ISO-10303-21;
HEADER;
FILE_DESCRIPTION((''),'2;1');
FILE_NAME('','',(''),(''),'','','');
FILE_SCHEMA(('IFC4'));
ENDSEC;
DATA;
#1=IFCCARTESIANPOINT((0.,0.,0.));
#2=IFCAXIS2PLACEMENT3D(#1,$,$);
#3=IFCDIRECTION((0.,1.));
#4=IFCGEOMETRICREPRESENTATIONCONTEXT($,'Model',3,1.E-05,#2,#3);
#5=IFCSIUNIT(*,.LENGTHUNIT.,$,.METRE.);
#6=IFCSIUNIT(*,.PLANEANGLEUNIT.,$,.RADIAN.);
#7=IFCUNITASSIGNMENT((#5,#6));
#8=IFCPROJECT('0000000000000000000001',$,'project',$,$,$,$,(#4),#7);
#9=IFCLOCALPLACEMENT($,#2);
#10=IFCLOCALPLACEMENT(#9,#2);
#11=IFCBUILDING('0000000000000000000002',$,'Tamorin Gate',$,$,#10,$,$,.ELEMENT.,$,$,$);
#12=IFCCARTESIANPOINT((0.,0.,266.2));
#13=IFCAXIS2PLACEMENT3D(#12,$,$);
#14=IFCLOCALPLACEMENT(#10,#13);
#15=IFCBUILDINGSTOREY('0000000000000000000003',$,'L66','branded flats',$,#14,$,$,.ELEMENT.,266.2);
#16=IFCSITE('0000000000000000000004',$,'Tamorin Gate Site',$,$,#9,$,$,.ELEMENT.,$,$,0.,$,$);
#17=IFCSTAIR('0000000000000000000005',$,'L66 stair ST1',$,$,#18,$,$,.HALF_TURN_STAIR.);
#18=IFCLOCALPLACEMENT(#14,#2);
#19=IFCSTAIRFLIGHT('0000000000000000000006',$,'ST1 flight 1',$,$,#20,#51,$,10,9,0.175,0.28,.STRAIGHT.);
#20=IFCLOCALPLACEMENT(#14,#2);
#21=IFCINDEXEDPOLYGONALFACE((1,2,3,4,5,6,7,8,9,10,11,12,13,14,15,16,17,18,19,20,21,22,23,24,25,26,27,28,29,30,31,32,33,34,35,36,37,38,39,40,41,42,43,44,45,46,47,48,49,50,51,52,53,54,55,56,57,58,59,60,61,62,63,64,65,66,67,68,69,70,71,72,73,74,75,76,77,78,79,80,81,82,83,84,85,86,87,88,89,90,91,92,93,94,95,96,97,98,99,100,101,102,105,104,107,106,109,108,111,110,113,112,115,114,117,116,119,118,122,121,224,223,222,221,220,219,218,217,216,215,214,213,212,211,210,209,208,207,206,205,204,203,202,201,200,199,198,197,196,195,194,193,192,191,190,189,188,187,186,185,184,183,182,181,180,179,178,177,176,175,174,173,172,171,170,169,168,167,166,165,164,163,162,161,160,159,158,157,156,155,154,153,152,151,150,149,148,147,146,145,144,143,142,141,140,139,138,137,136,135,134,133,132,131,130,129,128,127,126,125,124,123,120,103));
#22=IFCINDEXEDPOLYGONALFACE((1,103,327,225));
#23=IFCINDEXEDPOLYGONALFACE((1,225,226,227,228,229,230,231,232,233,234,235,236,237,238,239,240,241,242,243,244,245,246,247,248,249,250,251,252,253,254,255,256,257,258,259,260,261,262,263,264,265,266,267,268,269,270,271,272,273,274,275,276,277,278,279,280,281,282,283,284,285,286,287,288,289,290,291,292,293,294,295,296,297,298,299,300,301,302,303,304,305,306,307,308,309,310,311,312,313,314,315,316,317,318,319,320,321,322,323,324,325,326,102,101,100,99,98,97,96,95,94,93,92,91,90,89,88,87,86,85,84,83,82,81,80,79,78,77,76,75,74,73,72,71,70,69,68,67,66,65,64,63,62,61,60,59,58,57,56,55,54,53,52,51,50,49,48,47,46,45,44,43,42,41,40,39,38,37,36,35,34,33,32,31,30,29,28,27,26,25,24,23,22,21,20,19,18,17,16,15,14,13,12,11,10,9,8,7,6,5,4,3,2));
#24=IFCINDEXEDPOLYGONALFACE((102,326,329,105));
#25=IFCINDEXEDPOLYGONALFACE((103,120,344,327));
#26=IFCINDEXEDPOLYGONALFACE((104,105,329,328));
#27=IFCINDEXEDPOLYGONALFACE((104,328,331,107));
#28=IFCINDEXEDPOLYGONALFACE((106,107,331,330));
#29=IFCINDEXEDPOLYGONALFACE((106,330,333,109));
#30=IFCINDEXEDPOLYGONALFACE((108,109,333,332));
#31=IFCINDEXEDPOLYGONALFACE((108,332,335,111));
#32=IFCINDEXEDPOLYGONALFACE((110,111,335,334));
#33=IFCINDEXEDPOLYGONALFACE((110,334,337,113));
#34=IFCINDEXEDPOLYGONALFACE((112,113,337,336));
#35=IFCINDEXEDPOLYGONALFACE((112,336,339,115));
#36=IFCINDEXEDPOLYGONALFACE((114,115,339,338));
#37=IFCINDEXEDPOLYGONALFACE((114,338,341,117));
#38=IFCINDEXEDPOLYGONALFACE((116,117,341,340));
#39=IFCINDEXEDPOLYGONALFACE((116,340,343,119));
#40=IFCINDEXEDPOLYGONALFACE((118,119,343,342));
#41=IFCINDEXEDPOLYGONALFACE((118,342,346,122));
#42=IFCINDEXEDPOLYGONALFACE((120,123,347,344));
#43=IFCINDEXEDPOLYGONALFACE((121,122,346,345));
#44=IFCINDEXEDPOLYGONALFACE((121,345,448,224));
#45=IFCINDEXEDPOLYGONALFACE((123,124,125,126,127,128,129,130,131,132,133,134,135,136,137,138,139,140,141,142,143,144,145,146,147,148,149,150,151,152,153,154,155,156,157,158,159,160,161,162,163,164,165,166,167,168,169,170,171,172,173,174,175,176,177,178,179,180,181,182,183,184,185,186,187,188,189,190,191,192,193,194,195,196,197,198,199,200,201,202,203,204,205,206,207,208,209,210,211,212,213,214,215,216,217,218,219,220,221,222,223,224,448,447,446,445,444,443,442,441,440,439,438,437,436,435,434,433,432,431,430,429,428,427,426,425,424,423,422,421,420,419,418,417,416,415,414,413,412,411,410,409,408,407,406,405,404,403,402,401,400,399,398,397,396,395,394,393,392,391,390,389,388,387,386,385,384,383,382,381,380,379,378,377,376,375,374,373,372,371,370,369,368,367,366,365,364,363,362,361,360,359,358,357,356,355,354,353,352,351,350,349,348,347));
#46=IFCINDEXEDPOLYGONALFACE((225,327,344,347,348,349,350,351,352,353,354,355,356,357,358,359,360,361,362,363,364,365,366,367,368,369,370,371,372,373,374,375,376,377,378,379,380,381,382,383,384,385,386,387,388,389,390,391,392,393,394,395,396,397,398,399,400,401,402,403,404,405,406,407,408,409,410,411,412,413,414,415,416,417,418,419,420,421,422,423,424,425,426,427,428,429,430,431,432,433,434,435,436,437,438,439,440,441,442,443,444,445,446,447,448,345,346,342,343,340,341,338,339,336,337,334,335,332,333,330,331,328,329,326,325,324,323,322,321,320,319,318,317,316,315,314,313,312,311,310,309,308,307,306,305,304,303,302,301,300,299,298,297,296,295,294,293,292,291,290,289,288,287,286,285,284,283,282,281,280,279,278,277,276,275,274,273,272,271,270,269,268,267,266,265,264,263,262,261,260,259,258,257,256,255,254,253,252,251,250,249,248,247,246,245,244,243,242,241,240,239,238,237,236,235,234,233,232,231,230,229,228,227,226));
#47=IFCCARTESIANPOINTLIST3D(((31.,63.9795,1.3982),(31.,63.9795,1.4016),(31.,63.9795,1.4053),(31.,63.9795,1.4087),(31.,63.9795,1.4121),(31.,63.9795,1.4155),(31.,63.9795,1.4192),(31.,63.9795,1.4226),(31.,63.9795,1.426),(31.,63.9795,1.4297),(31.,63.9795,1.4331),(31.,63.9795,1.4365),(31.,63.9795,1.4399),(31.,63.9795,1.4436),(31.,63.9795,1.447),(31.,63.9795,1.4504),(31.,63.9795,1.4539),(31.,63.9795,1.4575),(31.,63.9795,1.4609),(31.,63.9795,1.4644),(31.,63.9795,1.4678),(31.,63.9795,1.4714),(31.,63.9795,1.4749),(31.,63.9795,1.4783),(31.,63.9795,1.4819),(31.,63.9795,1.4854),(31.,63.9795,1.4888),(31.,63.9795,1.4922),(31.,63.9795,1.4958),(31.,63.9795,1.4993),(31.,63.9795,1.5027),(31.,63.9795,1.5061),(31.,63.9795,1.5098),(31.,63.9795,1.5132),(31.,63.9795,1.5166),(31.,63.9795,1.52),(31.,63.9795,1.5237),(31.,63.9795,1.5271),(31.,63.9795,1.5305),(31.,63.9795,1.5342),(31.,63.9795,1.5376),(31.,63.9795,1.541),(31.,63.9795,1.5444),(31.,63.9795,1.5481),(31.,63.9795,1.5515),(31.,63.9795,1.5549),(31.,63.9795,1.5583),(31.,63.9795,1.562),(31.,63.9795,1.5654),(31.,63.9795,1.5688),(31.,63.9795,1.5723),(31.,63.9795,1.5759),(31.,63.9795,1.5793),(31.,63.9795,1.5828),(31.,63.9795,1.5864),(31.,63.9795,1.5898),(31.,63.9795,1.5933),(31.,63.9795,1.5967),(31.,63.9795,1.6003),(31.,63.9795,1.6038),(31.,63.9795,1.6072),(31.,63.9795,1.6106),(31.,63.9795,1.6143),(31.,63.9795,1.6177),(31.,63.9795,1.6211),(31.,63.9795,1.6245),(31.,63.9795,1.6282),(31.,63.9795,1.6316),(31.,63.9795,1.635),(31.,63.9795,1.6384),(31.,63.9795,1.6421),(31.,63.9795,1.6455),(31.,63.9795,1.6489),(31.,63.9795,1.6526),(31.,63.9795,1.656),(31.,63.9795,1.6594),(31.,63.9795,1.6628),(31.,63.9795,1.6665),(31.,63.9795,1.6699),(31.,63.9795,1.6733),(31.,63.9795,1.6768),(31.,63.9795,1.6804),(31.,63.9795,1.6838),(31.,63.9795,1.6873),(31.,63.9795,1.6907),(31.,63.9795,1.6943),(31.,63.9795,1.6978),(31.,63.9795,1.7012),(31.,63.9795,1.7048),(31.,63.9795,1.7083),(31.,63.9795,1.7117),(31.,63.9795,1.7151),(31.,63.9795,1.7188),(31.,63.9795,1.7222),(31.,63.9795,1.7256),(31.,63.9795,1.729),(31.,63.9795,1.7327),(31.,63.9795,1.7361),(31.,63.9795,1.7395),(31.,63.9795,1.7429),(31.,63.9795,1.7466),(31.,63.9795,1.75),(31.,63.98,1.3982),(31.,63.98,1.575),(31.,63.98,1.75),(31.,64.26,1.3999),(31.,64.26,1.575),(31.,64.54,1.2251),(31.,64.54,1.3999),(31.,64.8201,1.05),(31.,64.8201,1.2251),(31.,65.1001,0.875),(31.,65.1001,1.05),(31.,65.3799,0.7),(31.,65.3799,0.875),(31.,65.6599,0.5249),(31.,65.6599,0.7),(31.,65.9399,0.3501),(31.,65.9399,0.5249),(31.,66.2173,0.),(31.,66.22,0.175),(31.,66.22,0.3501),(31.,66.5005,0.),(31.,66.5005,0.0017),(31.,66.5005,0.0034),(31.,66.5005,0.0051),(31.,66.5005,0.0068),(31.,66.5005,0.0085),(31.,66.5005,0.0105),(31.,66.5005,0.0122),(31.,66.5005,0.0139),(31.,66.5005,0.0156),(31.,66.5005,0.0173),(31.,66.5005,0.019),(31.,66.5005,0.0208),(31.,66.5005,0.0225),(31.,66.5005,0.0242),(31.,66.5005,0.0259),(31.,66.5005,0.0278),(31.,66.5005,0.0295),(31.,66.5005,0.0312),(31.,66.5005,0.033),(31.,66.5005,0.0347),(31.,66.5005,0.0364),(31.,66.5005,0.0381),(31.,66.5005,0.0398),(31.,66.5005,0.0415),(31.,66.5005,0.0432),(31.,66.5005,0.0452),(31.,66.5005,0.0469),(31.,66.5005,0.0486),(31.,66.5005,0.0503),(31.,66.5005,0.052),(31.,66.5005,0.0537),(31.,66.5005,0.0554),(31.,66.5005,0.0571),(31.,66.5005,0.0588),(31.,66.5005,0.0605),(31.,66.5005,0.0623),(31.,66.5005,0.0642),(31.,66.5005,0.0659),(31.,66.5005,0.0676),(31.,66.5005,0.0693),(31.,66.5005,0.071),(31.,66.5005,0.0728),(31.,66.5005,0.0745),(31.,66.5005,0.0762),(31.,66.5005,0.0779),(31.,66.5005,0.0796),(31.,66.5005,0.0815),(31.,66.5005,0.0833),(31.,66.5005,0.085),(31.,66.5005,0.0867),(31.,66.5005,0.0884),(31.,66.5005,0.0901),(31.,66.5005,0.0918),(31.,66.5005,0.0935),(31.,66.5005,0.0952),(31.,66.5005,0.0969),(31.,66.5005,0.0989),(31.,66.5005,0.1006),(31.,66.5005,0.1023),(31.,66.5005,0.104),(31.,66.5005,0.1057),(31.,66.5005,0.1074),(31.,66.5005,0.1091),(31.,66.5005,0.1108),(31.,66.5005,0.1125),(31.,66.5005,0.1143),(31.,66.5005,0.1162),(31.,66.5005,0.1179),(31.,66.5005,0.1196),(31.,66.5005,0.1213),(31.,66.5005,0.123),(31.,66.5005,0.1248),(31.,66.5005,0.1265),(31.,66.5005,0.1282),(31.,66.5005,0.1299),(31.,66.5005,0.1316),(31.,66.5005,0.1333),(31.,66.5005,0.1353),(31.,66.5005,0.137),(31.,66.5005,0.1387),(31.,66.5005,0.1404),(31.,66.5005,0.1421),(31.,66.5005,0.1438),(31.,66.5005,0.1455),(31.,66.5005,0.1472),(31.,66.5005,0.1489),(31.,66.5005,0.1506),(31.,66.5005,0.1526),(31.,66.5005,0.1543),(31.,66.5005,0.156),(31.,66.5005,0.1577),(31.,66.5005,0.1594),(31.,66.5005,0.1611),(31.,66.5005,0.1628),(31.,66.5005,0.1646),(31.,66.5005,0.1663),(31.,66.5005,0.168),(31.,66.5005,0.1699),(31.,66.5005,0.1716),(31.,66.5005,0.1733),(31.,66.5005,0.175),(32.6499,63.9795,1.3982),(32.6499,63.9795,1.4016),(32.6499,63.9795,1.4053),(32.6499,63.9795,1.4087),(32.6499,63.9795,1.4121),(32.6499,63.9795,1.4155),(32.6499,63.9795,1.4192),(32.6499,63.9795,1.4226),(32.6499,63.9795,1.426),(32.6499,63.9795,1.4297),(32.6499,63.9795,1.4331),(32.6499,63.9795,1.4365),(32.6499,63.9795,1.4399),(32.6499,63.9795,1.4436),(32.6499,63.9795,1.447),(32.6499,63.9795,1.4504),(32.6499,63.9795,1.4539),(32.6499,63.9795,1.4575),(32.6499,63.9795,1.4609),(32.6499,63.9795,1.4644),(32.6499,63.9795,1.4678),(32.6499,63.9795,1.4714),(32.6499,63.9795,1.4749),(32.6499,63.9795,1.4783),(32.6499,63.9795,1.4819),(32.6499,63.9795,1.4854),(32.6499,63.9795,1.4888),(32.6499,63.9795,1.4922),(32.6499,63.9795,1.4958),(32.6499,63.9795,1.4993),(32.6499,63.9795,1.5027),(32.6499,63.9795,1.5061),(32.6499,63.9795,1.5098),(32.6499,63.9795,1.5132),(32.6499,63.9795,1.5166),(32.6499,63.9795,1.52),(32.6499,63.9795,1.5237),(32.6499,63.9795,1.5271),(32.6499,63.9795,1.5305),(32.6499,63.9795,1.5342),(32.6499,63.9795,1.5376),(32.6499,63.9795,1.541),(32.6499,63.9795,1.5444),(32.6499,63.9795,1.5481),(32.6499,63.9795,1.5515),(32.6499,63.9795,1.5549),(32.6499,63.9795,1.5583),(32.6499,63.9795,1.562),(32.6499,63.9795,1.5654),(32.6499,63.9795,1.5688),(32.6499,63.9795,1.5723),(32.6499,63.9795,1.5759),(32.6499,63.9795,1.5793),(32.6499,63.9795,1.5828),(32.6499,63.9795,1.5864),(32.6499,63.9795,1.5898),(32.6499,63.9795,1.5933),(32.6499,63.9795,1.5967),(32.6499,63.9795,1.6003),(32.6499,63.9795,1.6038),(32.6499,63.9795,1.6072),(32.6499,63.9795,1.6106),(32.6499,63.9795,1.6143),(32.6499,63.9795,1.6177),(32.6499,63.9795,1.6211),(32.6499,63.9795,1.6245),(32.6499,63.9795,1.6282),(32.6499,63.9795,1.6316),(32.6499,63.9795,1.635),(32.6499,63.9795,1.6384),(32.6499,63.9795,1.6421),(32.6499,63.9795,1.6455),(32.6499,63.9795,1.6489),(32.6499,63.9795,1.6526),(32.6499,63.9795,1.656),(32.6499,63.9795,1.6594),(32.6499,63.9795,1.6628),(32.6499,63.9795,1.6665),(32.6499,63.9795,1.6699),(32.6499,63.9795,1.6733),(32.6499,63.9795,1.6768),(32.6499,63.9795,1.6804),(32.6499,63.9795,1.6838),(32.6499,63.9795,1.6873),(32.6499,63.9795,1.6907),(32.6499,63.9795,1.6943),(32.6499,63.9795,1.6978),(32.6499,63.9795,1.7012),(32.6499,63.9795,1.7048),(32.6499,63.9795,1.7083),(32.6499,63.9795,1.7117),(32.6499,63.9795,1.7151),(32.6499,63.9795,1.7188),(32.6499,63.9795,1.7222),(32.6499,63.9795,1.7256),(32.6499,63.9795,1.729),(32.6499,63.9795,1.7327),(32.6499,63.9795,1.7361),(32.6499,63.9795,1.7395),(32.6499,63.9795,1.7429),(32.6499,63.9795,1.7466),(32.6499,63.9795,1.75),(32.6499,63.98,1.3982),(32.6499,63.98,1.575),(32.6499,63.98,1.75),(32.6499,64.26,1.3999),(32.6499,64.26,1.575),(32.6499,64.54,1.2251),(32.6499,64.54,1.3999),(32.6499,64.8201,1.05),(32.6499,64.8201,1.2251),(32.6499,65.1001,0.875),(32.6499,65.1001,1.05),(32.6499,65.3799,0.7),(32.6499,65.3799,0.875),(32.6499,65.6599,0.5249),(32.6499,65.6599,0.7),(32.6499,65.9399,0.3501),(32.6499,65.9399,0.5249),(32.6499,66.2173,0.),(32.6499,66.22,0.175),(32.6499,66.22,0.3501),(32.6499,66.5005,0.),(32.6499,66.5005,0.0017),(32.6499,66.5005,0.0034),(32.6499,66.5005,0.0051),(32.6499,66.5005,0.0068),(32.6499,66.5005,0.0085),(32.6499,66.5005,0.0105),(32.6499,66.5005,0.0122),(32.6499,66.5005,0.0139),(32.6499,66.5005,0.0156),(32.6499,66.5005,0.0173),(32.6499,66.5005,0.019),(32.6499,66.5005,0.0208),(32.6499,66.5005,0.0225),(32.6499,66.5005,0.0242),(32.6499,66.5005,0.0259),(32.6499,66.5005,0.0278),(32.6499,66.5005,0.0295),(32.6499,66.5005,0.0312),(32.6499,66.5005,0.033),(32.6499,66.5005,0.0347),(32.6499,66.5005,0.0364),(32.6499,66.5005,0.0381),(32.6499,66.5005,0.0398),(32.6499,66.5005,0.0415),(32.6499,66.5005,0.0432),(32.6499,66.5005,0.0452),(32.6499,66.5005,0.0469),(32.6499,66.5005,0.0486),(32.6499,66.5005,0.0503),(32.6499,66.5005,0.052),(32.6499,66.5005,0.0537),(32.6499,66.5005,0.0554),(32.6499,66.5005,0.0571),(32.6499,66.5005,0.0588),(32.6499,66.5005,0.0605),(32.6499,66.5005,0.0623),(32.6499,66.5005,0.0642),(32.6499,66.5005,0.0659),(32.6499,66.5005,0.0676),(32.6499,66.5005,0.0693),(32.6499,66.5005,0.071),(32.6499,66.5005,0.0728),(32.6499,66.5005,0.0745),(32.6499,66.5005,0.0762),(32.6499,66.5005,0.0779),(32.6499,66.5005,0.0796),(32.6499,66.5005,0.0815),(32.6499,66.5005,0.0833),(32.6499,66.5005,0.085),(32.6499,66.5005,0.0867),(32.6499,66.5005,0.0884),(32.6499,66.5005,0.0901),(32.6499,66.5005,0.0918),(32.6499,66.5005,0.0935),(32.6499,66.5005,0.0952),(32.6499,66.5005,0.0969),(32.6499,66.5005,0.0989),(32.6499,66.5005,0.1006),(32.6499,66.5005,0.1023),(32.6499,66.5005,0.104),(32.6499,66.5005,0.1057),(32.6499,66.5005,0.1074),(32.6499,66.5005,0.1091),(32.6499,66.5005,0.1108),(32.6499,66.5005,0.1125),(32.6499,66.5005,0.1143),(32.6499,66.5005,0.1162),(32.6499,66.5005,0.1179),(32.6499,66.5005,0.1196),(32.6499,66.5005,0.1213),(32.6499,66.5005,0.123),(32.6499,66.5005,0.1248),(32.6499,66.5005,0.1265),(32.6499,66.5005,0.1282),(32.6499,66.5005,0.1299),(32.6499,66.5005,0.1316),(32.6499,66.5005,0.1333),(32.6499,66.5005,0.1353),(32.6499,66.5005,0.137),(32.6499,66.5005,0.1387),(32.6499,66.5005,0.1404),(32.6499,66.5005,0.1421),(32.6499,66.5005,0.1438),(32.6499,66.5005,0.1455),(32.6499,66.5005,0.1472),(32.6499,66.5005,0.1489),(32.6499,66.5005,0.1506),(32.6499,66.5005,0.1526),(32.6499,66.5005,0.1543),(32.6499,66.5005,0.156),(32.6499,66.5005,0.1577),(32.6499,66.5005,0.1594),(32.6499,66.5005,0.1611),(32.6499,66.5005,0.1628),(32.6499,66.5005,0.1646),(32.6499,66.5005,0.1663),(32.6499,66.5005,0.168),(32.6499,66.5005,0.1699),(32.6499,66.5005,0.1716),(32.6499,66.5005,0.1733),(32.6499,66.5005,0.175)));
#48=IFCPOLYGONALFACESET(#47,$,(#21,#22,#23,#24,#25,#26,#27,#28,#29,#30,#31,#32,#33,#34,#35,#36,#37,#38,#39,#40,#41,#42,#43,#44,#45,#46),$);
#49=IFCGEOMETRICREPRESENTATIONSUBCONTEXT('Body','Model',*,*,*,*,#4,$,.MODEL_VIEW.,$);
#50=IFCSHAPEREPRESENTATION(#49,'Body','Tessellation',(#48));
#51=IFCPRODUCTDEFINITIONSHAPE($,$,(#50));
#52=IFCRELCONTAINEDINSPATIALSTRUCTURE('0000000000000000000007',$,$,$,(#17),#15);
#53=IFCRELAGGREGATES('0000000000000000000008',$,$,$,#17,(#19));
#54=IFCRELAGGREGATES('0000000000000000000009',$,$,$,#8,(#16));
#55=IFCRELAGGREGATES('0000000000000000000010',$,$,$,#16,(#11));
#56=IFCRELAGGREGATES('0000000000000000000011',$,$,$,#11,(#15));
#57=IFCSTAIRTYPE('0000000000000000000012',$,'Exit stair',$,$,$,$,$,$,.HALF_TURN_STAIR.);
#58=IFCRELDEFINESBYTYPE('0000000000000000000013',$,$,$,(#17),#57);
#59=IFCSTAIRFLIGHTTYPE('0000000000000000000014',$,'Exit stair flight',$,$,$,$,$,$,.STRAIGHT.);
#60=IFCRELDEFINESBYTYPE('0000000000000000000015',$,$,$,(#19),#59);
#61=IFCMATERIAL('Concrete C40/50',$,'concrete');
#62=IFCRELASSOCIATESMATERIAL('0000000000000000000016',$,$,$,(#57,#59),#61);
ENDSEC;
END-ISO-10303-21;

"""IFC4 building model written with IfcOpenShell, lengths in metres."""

from ifc_helpers import new_model, si_unit, direction, frame, origin, place, context, subcontext, project, spatial, polyline, outline, extrude, material, type_object, element, aggregate, save


model = new_model("IFC4")

# Units and contexts
model_context = context("Model", 3, precision=1e-05, world=origin(), true_north=direction((0.0, 1.0)))
body_context = subcontext(model_context, "Body", "Model", "MODEL_VIEW")
ifc_project = project(units=[si_unit("LENGTHUNIT", "METRE"), si_unit("PLANEANGLEUNIT", "RADIAN")], contexts=[model_context])

# Site, building, storey
site_placement = place(None, origin())
site = spatial("IfcSite", under=ifc_project, at=site_placement, Name="Tamorin Gate Site", CompositionType="ELEMENT", RefElevation=0.0)
building_placement = place(site_placement, origin())
building = spatial("IfcBuilding", under=site, at=building_placement, Name="Tamorin Gate", CompositionType="ELEMENT")
storey_placement = place(building_placement, frame((0.0, 0.0, 266.2)))
storey = spatial("IfcBuildingStorey", under=building, at=storey_placement, Name="L66", Description="branded flats", CompositionType="ELEMENT", Elevation=266.2)

# Shared definitions
ifc_material_1 = material(Name="Concrete C40/50", Category="concrete")

# Stair, stair flight
stair_type = type_object("IfcStairType", Name="Exit stair", PredefinedType="HALF_TURN_STAIR", material=ifc_material_1)
stair_1_placement = place(storey_placement, origin())
stair_1 = element("IfcStair", 1, at=stair_1_placement, inside=storey, type_object=stair_type, Name="L66 stair ST1", PredefinedType="HALF_TURN_STAIR")
stair_flight_type = type_object("IfcStairFlightType", Name="Exit stair flight", PredefinedType="STRAIGHT", material=ifc_material_1)
stair_flight_1_placement = place(storey_placement, frame((31.825, 66.5, 0.0), z_axis=(0.0, 0.0, 1.0), x_axis=(0.0, -1.0, 0.0)))
stair_flight_1 = element("IfcStairFlight", 2, at=stair_flight_1_placement, type_object=stair_flight_type, Name="ST1 flight 1", NumberOfRisers=10, NumberOfTreads=9, PredefinedType="STRAIGHT", RiserHeight=0.175, TreadLength=0.28, context=body_context, shape_type="SweptSolid", body=[
    extrude(outline(polyline([(-0.0005, 0.0), (-0.0005, 0.0017), (-0.0005, 0.0034), (-0.0005, 0.0051), (-0.0005, 0.0068), (-0.0005, 0.0085), (-0.0005, 0.0105), (-0.0005, 0.0122), (-0.0005, 0.0139), (-0.0005, 0.0156), (-0.0005, 0.0173), (-0.0005, 0.019), (-0.0005, 0.0208), (-0.0005, 0.0225), (-0.0005, 0.0242), (-0.0005, 0.0259), (-0.0005, 0.0278), (-0.0005, 0.0295), (-0.0005, 0.0312), (-0.0005, 0.033), (-0.0005, 0.0347), (-0.0005, 0.0364), (-0.0005, 0.0381), (-0.0005, 0.0398), (-0.0005, 0.0415), (-0.0005, 0.0432), (-0.0005, 0.0452), (-0.0005, 0.0469), (-0.0005, 0.0486), (-0.0005, 0.0503), (-0.0005, 0.052), (-0.0005, 0.0537), (-0.0005, 0.0554), (-0.0005, 0.0571), (-0.0005, 0.0588), (-0.0005, 0.0605), (-0.0005, 0.0623), (-0.0005, 0.0642), (-0.0005, 0.0659), (-0.0005, 0.0676), (-0.0005, 0.0693), (-0.0005, 0.071), (-0.0005, 0.0728), (-0.0005, 0.0745), (-0.0005, 0.0762), (-0.0005, 0.0779), (-0.0005, 0.0796), (-0.0005, 0.0815), (-0.0005, 0.0833), (-0.0005, 0.085), (-0.0005, 0.0867), (-0.0005, 0.0884), (-0.0005, 0.0901), (-0.0005, 0.0918), (-0.0005, 0.0935), (-0.0005, 0.0952), (-0.0005, 0.0969), (-0.0005, 0.0989), (-0.0005, 0.1006), (-0.0005, 0.1023), (-0.0005, 0.104), (-0.0005, 0.1057), (-0.0005, 0.1074), (-0.0005, 0.1091), (-0.0005, 0.1108), (-0.0005, 0.1125), (-0.0005, 0.1143), (-0.0005, 0.1162), (-0.0005, 0.1179), (-0.0005, 0.1196), (-0.0005, 0.1213), (-0.0005, 0.123), (-0.0005, 0.1248), (-0.0005, 0.1265), (-0.0005, 0.1282), (-0.0005, 0.1299), (-0.0005, 0.1316), (-0.0005, 0.1333), (-0.0005, 0.1353), (-0.0005, 0.137), (-0.0005, 0.1387), (-0.0005, 0.1404), (-0.0005, 0.1421), (-0.0005, 0.1438), (-0.0005, 0.1455), (-0.0005, 0.1472), (-0.0005, 0.1489), (-0.0005, 0.1506), (-0.0005, 0.1526), (-0.0005, 0.1543), (-0.0005, 0.156), (-0.0005, 0.1577), (-0.0005, 0.1594), (-0.0005, 0.1611), (-0.0005, 0.1628), (-0.0005, 0.1646), (-0.0005, 0.1663), (-0.0005, 0.168), (-0.0005, 0.1699), (-0.0005, 0.1716), (-0.0005, 0.1733), (-0.0005, 0.175), (0.28, 0.175), (0.28, 0.3501), (0.5601, 0.3501), (0.5601, 0.5249), (0.8401, 0.5249), (0.8401, 0.7), (1.1201, 0.7), (1.1201, 0.875), (1.3999, 0.875), (1.3999, 1.05), (1.6799, 1.05), (1.6799, 1.2251), (1.96, 1.2251), (1.96, 1.3999), (2.24, 1.3999), (2.24, 1.575), (2.52, 1.575), (2.52, 1.75), (2.5205, 1.75), (2.5205, 1.7466), (2.5205, 1.7429), (2.5205, 1.7395), (2.5205, 1.7361), (2.5205, 1.7327), (2.5205, 1.729), (2.5205, 1.7256), (2.5205, 1.7222), (2.5205, 1.7188), (2.5205, 1.7151), (2.5205, 1.7117), (2.5205, 1.7083), (2.5205, 1.7048), (2.5205, 1.7012), (2.5205, 1.6978), (2.5205, 1.6943), (2.5205, 1.6907), (2.5205, 1.6873), (2.5205, 1.6838), (2.5205, 1.6804), (2.5205, 1.6768), (2.5205, 1.6733), (2.5205, 1.6699), (2.5205, 1.6665), (2.5205, 1.6628), (2.5205, 1.6594), (2.5205, 1.656), (2.5205, 1.6526), (2.5205, 1.6489), (2.5205, 1.6455), (2.5205, 1.6421), (2.5205, 1.6384), (2.5205, 1.635), (2.5205, 1.6316), (2.5205, 1.6282), (2.5205, 1.6245), (2.5205, 1.6211), (2.5205, 1.6177), (2.5205, 1.6143), (2.5205, 1.6106), (2.5205, 1.6072), (2.5205, 1.6038), (2.5205, 1.6003), (2.5205, 1.5967), (2.5205, 1.5933), (2.5205, 1.5898), (2.5205, 1.5864), (2.5205, 1.5828), (2.5205, 1.5793), (2.5205, 1.5759), (2.5205, 1.5723), (2.5205, 1.5688), (2.5205, 1.5654), (2.5205, 1.562), (2.5205, 1.5583), (2.5205, 1.5549), (2.5205, 1.5515), (2.5205, 1.5481), (2.5205, 1.5444), (2.5205, 1.541), (2.5205, 1.5376), (2.5205, 1.5342), (2.5205, 1.5305), (2.5205, 1.5271), (2.5205, 1.5237), (2.5205, 1.52), (2.5205, 1.5166), (2.5205, 1.5132), (2.5205, 1.5098), (2.5205, 1.5061), (2.5205, 1.5027), (2.5205, 1.4993), (2.5205, 1.4958), (2.5205, 1.4922), (2.5205, 1.4888), (2.5205, 1.4854), (2.5205, 1.4819), (2.5205, 1.4783), (2.5205, 1.4749), (2.5205, 1.4714), (2.5205, 1.4678), (2.5205, 1.4644), (2.5205, 1.4609), (2.5205, 1.4575), (2.5205, 1.4539), (2.5205, 1.4504), (2.5205, 1.447), (2.5205, 1.4436), (2.5205, 1.4399), (2.5205, 1.4365), (2.5205, 1.4331), (2.5205, 1.4297), (2.5205, 1.426), (2.5205, 1.4226), (2.5205, 1.4192), (2.5205, 1.4155), (2.5205, 1.4121), (2.5205, 1.4087), (2.5205, 1.4053), (2.5205, 1.4016), (2.5205, 1.3982), (2.52, 1.3982), (0.2827, 0.0), (-0.0005, 0.0)])), frame((0.0, 0.825, 0.0), z_axis=(0.0, -1.0, 0.0), x_axis=(1.0, 0.0, 0.0)), (0.0, 0.0, 1.0), 1.6499),
])
aggregate(stair_1, [stair_flight_1])

save(model, "model.ifc")
